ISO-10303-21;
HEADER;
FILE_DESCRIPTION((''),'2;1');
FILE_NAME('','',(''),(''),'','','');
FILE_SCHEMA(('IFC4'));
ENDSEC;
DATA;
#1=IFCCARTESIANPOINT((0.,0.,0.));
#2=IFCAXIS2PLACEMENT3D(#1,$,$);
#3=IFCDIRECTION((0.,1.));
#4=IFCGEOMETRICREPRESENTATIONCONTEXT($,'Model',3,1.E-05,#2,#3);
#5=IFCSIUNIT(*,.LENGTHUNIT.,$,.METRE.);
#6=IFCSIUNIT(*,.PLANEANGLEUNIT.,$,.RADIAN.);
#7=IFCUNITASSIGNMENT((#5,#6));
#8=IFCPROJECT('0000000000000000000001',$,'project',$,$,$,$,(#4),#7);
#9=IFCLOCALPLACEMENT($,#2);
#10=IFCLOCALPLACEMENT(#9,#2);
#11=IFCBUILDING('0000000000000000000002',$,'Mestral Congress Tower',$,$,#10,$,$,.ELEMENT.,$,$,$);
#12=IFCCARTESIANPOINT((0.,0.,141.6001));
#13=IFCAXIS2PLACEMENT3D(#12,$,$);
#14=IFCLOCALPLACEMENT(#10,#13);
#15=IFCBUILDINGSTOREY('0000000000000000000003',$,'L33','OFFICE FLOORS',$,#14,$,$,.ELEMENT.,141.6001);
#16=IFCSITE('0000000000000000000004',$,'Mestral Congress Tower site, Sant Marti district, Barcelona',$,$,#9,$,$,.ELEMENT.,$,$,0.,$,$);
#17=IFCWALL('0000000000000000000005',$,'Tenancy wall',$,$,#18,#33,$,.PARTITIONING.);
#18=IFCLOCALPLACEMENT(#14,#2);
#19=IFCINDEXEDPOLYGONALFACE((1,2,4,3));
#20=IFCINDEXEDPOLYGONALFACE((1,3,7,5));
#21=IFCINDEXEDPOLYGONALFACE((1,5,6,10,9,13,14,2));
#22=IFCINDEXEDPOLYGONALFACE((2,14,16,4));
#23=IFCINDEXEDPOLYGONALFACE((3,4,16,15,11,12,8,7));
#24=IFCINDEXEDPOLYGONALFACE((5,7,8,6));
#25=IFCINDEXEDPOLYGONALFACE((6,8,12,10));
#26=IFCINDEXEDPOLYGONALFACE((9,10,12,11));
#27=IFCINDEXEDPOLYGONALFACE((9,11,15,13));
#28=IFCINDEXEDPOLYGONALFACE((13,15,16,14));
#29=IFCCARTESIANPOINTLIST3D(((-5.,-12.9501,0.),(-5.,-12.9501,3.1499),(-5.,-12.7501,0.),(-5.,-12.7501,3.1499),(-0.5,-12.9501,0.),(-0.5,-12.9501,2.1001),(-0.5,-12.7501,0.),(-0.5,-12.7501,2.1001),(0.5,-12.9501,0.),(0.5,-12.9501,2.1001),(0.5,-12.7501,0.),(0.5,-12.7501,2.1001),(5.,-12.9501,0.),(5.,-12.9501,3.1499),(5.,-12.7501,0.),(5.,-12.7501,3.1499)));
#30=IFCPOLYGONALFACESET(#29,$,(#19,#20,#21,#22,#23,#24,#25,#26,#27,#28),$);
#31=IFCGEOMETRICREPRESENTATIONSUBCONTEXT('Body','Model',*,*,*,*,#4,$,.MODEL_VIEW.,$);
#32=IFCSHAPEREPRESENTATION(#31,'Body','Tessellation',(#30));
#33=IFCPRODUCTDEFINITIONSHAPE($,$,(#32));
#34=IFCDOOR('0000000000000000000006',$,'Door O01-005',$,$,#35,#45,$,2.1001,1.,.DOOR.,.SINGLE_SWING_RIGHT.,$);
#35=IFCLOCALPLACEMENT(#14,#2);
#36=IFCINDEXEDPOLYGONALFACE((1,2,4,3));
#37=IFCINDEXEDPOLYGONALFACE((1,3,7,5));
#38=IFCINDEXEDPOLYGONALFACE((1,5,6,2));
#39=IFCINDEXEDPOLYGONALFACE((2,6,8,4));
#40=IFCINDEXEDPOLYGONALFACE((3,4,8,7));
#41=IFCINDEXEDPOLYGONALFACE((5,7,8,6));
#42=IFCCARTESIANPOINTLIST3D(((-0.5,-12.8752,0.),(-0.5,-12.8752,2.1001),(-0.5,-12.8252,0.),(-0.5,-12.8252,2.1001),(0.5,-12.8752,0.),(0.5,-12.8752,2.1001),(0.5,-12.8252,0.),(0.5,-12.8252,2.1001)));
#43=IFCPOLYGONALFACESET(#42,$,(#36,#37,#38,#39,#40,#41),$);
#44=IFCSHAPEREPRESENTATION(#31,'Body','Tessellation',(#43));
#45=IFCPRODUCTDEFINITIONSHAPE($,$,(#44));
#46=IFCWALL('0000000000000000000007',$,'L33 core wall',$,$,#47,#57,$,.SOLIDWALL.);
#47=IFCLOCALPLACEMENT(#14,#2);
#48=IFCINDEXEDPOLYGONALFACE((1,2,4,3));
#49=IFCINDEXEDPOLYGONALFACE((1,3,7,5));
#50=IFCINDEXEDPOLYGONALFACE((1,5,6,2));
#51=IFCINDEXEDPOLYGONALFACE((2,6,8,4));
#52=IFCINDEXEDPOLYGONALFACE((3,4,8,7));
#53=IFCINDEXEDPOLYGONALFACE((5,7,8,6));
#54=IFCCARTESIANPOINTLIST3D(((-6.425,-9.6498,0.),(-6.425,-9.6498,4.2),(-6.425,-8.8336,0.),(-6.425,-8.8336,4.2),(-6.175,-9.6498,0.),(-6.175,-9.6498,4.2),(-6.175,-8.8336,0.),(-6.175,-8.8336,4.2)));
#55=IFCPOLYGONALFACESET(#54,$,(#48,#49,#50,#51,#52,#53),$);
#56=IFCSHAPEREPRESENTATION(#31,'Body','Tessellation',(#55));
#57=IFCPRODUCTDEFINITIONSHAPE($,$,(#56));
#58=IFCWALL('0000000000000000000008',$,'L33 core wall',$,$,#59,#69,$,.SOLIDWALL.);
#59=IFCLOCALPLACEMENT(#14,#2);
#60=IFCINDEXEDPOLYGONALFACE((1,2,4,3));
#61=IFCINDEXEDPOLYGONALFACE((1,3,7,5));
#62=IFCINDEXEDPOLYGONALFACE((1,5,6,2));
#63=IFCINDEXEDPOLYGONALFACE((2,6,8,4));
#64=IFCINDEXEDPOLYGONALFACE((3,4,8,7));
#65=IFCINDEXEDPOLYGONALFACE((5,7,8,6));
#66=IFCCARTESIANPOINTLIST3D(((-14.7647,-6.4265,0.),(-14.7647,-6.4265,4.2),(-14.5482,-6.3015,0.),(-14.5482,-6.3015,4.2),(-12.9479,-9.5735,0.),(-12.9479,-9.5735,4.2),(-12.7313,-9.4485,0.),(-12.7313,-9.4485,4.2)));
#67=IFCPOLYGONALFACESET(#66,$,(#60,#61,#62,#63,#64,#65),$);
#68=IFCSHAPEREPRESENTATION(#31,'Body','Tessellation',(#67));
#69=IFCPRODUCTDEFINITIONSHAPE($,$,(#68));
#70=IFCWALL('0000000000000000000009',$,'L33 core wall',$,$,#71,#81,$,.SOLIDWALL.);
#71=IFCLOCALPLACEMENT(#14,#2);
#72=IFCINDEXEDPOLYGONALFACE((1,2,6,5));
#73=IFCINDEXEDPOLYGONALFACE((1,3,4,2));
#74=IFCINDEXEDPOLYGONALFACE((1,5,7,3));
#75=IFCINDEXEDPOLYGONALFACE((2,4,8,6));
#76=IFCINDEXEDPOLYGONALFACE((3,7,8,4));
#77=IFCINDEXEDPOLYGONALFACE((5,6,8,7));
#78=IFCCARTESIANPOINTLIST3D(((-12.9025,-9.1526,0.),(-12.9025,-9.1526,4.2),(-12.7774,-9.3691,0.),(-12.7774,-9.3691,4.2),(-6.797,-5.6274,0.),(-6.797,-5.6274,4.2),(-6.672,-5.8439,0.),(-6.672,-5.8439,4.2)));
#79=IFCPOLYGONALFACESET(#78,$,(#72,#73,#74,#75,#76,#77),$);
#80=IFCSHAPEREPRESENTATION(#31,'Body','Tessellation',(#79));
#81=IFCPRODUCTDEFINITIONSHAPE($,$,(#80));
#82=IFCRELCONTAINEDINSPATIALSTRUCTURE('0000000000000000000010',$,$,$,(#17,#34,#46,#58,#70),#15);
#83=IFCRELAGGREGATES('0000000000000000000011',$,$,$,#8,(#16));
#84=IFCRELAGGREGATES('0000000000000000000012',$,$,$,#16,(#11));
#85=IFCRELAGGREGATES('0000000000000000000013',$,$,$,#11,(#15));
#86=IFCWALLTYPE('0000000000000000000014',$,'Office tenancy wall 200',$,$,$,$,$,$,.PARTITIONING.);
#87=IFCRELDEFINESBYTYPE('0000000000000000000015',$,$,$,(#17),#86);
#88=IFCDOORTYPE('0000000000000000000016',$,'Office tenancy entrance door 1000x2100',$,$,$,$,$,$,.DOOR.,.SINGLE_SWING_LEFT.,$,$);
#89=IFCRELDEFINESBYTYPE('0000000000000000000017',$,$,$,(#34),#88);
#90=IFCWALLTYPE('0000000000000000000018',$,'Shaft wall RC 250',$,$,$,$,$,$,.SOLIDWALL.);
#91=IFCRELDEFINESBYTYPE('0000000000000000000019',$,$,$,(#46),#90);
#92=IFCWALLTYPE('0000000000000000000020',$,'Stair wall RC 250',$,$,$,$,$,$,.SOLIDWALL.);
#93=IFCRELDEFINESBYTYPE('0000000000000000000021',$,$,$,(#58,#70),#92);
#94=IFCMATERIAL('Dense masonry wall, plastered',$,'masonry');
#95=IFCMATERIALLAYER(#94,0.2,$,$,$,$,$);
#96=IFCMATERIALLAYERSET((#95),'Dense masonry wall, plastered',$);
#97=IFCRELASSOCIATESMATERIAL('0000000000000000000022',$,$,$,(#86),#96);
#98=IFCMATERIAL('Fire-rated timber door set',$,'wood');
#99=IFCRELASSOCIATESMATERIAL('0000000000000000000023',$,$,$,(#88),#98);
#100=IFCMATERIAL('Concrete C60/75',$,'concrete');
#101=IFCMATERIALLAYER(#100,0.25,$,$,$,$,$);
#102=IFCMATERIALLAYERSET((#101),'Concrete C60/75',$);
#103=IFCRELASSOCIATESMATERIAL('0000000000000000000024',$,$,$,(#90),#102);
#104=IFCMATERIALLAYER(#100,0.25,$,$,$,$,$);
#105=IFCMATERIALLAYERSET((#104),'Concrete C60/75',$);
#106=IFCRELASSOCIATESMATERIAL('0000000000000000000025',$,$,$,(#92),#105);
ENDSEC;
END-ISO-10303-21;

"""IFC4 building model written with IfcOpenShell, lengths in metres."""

from ifc_helpers import new_model, si_unit, direction, frame, frame_2d, origin, place, context, subcontext, project, spatial, rectangle, extrude, material, layer, layer_set, type_object, element, fill, save


model = new_model("IFC4")

# Units and contexts
model_context = context("Model", 3, precision=1e-05, world=origin(), true_north=direction((0.0, 1.0)))
body_context = subcontext(model_context, "Body", "Model", "MODEL_VIEW")
ifc_project = project(units=[si_unit("LENGTHUNIT", "METRE"), si_unit("PLANEANGLEUNIT", "RADIAN")], contexts=[model_context])

# Site, building, storey
site_placement = place(None, origin())
site = spatial("IfcSite", under=ifc_project, at=site_placement, Name="Mestral Congress Tower site, Sant Marti district, Barcelona", CompositionType="ELEMENT", RefElevation=0.0)
building_placement = place(site_placement, origin())
building = spatial("IfcBuilding", under=site, at=building_placement, Name="Mestral Congress Tower", CompositionType="ELEMENT")
storey_placement = place(building_placement, frame((0.0, 0.0, 141.6001)))
storey = spatial("IfcBuildingStorey", under=building, at=storey_placement, Name="L33", Description="OFFICE FLOORS", CompositionType="ELEMENT", Elevation=141.6001)

# Shared definitions
ifc_material_1 = material(Name="Concrete C60/75", Category="concrete")

# Wall, opening, door
ifc_material_2 = material(Name="Dense masonry wall, plastered", Category="masonry")
ifc_layer_1 = layer(ifc_material_2, 0.2)
ifc_layer_set_1 = layer_set([ifc_layer_1], Name="Dense masonry wall, plastered")
wall_type_1 = type_object("IfcWallType", Name="Office tenancy wall 200", PredefinedType="PARTITIONING", material=ifc_layer_set_1)
wall_1_placement = place(storey_placement, frame((-5.0, -12.8501, 0.0), z_axis=(0.0, 0.0, 1.0), x_axis=(1.0, 0.0, 0.0)))
wall_1 = element("IfcWall", 1, at=wall_1_placement, inside=storey, type_object=wall_type_1, Name="Tenancy wall", PredefinedType="PARTITIONING", context=body_context, shape_type="SweptSolid", body=[
    extrude(rectangle(XDim=10.0, YDim=0.2, at=frame_2d((5.0, 0.0))), origin(), (0.0, 0.0, 1.0), 3.1499),
])
opening_1_placement = place(wall_1_placement, frame((4.5, 0.0, 0.0)))
opening_1 = element("IfcOpeningElement", 2, at=opening_1_placement, cuts=wall_1, PredefinedType="OPENING", context=body_context, shape_type="SweptSolid", body=[
    extrude(rectangle(XDim=1.0, YDim=2.1001, at=frame_2d((0.5, 1.05))), frame((0.0, 0.1099, 0.0), z_axis=(0.0, -1.0, 0.0), x_axis=(1.0, 0.0, 0.0)), (0.0, 0.0, 1.0), 0.22),
])
ifc_material_3 = material(Name="Fire-rated timber door set", Category="wood")
door_type_1 = type_object("IfcDoorType", Name="Office tenancy entrance door 1000x2100", OperationType="SINGLE_SWING_LEFT", PredefinedType="DOOR", material=ifc_material_3)
door_1_placement = place(opening_1_placement, origin())
door_1 = element("IfcDoor", 3, at=door_1_placement, inside=storey, type_object=door_type_1, Name="Door O01-005", OperationType="SINGLE_SWING_RIGHT", OverallHeight=2.1001, OverallWidth=1.0, PredefinedType="DOOR", context=body_context, shape_type="SweptSolid", body=[
    extrude(rectangle(XDim=1.0, YDim=2.1001, at=frame_2d((0.5, 1.05))), frame((0.0, 0.0249, 0.0), z_axis=(0.0, -1.0, 0.0), x_axis=(1.0, 0.0, 0.0)), (0.0, 0.0, 1.0), 0.05),
])
fill(opening_1, door_1)

# Walls
ifc_layer_2 = layer(ifc_material_1, 0.25)
ifc_layer_set_2 = layer_set([ifc_layer_2], Name="Concrete C60/75")
wall_type_2 = type_object("IfcWallType", Name="Shaft wall RC 250", PredefinedType="SOLIDWALL", material=ifc_layer_set_2)
wall_2_placement = place(storey_placement, frame((-6.3, -9.6499, 0.0), z_axis=(0.0, 0.0, 1.0), x_axis=(0.0, 1.0, 0.0)))
element("IfcWall", 4, at=wall_2_placement, inside=storey, type_object=wall_type_2, Name="L33 core wall", PredefinedType="SOLIDWALL", context=body_context, shape_type="SweptSolid", body=[
    extrude(rectangle(XDim=0.8162, YDim=0.25, at=frame_2d((0.4082, 0.0))), origin(), (0.0, 0.0, 1.0), 4.2),
])
ifc_layer_3 = layer(ifc_material_1, 0.25)
ifc_layer_set_3 = layer_set([ifc_layer_3], Name="Concrete C60/75")
wall_type_3 = type_object("IfcWallType", Name="Stair wall RC 250", PredefinedType="SOLIDWALL", material=ifc_layer_set_3)
wall_3_placement = place(storey_placement, frame((-12.8396, -9.511, 0.0), z_axis=(0.0, 0.0, 1.0), x_axis=(-0.499998, 0.866027, 0.0)))
element("IfcWall", 5, at=wall_3_placement, inside=storey, type_object=wall_type_3, Name="L33 core wall", PredefinedType="SOLIDWALL", context=body_context, shape_type="SweptSolid", body=[
    extrude(rectangle(XDim=3.6338, YDim=0.25, at=frame_2d((1.8169, 0.0))), origin(), (0.0, 0.0, 1.0), 4.2),
])
wall_4_placement = place(storey_placement, frame((-12.8398, -9.2607, 0.0), z_axis=(0.0, 0.0, 1.0), x_axis=(0.866016, 0.500016, 0.0)))
element("IfcWall", 6, at=wall_4_placement, inside=storey, type_object=wall_type_3, Name="L33 core wall", PredefinedType="SOLIDWALL", context=body_context, shape_type="SweptSolid", body=[
    extrude(rectangle(XDim=7.05, YDim=0.25, at=frame_2d((3.5249, 0.0))), origin(), (0.0, 0.0, 1.0), 4.2),
])

save(model, "model.ifc")
